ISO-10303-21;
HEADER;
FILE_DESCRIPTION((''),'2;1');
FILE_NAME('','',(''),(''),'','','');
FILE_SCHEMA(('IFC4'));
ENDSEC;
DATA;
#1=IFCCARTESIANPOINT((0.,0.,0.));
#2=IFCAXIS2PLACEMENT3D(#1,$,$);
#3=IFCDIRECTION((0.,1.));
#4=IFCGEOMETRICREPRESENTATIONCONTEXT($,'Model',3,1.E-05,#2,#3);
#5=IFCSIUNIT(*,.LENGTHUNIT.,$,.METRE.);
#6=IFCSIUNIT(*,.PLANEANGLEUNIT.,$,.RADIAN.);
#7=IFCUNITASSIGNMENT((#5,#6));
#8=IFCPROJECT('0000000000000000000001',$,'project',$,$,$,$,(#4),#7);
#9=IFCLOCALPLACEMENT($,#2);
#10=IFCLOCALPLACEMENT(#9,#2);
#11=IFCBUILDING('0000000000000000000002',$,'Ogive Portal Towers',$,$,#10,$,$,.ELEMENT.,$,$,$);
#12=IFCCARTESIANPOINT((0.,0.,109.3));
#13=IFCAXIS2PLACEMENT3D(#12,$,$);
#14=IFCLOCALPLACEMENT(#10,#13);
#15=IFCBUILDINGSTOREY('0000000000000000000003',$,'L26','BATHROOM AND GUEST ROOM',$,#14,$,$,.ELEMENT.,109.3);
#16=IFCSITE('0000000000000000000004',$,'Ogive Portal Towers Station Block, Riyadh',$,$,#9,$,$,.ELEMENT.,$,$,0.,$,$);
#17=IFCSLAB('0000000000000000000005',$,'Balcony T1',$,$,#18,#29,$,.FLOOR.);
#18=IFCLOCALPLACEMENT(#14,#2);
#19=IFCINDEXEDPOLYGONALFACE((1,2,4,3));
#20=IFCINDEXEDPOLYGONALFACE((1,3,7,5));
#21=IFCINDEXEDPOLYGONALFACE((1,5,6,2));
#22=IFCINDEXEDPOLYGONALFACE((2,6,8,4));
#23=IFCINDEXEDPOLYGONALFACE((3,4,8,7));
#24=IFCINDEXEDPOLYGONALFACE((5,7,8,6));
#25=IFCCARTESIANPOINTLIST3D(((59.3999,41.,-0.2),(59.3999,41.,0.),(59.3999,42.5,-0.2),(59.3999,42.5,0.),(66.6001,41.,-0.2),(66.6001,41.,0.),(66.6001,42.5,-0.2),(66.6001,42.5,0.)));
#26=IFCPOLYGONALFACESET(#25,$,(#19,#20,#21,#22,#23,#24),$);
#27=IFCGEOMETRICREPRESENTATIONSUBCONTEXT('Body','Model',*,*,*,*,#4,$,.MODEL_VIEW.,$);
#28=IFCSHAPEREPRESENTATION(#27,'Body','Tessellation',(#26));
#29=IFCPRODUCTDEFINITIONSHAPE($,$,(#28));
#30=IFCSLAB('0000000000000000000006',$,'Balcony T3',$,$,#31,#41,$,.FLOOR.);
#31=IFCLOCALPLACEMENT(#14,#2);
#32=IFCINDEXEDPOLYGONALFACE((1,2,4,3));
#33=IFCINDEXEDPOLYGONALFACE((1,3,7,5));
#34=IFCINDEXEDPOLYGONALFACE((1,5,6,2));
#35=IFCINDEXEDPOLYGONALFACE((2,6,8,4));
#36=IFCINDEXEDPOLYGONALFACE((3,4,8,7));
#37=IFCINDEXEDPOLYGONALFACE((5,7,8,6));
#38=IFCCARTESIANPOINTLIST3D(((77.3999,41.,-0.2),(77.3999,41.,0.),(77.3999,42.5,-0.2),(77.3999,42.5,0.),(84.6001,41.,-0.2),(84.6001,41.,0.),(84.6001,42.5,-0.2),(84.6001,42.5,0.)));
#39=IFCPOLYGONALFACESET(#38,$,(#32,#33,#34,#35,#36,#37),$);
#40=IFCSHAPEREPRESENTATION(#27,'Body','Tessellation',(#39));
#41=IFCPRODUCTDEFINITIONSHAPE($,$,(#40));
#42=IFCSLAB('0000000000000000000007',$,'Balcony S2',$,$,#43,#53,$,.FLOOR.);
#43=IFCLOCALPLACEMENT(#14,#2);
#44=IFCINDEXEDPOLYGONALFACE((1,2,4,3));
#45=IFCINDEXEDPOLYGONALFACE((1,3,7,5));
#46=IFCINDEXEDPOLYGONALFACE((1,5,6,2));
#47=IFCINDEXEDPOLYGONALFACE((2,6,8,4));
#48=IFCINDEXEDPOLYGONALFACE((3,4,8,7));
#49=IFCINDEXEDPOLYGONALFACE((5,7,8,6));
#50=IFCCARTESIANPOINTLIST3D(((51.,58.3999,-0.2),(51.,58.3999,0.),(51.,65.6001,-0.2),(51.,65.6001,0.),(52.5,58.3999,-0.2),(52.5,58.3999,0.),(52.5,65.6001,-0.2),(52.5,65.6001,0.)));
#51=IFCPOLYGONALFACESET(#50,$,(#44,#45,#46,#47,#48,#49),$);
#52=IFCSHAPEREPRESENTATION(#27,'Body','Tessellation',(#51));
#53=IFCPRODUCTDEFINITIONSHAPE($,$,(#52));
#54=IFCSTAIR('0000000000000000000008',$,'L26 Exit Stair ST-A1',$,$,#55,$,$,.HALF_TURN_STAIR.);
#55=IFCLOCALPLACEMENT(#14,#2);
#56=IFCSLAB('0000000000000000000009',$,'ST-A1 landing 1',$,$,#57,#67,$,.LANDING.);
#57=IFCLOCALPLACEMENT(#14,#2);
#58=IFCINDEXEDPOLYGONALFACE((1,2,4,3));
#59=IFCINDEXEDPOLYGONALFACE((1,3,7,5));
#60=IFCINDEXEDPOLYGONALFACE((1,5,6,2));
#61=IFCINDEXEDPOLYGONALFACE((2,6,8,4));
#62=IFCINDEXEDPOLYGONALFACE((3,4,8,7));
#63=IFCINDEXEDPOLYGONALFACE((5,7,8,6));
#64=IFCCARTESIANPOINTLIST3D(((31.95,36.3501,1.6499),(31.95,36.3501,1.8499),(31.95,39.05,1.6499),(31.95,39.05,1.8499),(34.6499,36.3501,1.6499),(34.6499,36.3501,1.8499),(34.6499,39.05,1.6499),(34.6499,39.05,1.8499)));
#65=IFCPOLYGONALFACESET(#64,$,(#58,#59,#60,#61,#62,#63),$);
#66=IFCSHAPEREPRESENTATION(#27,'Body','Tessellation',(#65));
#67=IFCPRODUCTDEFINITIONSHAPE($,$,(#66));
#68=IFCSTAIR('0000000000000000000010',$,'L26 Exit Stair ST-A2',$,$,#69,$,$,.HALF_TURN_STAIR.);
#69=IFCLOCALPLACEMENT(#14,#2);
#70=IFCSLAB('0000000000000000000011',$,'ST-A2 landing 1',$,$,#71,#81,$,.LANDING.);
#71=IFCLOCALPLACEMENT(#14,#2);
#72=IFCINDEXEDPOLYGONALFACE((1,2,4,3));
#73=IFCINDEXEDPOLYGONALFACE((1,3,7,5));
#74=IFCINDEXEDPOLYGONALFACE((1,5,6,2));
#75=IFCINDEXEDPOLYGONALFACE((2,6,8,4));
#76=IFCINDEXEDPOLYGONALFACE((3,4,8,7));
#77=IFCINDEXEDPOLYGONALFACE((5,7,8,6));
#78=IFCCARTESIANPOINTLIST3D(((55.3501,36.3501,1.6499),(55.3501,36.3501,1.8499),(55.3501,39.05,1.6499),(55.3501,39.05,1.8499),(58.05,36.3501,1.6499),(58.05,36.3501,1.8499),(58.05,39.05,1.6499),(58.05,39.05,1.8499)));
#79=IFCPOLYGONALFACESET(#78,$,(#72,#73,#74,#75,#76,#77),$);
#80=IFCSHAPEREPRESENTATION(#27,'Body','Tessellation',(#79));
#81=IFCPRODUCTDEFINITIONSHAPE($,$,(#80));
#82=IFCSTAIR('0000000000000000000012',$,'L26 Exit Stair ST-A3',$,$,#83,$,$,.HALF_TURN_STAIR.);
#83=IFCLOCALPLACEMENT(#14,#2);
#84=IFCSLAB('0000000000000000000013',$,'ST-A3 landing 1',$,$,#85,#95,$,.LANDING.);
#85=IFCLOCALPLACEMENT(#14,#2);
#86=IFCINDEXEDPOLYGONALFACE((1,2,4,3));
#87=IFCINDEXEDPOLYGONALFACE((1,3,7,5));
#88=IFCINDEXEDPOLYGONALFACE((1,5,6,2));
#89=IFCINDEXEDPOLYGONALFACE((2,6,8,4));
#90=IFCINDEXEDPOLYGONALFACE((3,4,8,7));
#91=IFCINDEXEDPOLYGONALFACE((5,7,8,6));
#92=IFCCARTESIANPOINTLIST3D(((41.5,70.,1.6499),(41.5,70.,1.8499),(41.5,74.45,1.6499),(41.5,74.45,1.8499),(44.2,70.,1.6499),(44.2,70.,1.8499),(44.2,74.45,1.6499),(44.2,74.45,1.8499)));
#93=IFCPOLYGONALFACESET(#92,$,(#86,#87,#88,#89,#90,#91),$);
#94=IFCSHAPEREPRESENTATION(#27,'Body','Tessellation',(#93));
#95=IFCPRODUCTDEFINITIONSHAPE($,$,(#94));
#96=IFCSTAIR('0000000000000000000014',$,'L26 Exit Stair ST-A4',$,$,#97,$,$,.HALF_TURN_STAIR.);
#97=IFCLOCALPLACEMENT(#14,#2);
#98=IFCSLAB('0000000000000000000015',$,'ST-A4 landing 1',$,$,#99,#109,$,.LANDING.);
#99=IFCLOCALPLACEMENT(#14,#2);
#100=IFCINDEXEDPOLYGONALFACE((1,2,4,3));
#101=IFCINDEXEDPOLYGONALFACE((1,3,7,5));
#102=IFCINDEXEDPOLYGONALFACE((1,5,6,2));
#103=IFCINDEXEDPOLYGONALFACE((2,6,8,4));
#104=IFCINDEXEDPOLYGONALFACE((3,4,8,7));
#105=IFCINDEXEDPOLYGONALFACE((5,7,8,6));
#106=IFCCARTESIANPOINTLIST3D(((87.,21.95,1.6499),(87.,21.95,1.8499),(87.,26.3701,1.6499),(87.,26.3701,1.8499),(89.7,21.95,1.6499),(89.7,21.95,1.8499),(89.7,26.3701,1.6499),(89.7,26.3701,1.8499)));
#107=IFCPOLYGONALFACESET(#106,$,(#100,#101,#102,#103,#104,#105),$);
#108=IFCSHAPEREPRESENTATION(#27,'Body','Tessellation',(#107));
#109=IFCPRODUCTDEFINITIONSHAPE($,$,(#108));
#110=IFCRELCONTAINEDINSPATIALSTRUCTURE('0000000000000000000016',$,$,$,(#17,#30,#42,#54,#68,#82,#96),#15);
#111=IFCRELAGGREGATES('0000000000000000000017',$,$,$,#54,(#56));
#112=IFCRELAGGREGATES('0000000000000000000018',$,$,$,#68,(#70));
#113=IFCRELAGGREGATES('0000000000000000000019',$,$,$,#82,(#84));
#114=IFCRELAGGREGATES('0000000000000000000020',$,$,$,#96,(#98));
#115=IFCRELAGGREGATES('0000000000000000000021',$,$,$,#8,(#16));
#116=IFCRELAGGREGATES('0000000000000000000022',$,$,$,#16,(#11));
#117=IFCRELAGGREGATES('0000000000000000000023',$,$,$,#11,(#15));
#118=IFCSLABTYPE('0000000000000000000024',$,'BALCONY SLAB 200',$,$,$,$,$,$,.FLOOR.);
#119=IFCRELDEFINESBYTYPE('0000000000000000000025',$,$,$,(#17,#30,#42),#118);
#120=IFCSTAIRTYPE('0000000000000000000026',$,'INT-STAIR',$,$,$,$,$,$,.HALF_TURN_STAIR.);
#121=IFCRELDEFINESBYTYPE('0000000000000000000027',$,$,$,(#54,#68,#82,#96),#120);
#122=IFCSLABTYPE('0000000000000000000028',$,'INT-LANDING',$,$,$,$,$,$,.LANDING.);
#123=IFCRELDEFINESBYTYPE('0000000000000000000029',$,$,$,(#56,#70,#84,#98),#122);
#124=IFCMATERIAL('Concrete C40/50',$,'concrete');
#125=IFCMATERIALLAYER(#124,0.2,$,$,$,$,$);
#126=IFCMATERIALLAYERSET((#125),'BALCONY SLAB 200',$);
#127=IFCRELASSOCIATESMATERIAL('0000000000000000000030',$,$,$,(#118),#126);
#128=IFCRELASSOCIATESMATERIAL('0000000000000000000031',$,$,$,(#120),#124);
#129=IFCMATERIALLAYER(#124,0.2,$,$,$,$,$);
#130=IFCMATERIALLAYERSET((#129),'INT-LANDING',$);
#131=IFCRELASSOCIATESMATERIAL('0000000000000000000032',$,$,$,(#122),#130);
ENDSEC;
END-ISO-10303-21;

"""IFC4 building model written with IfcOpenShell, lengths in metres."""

from ifc_helpers import new_model, si_unit, direction, frame, origin, place, context, subcontext, project, spatial, polyline, outline, extrude, material, layer, layer_set, type_object, element, aggregate, save


model = new_model("IFC4")

# Units and contexts
model_context = context("Model", 3, precision=1e-05, world=origin(), true_north=direction((0.0, 1.0)))
body_context = subcontext(model_context, "Body", "Model", "MODEL_VIEW")
ifc_project = project(units=[si_unit("LENGTHUNIT", "METRE"), si_unit("PLANEANGLEUNIT", "RADIAN")], contexts=[model_context])

# Site, building, storey
site_placement = place(None, origin())
site = spatial("IfcSite", under=ifc_project, at=site_placement, Name="Ogive Portal Towers Station Block, Riyadh", CompositionType="ELEMENT", RefElevation=0.0)
building_placement = place(site_placement, origin())
building = spatial("IfcBuilding", under=site, at=building_placement, Name="Ogive Portal Towers", CompositionType="ELEMENT")
storey_placement = place(building_placement, frame((0.0, 0.0, 109.3)))
storey = spatial("IfcBuildingStorey", under=building, at=storey_placement, Name="L26", Description="BATHROOM AND GUEST ROOM", CompositionType="ELEMENT", Elevation=109.3)

# Slabs
ifc_material_1 = material(Name="Concrete C40/50", Category="concrete")
ifc_layer_1 = layer(ifc_material_1, 0.2)
ifc_layer_set_1 = layer_set([ifc_layer_1], Name="BALCONY SLAB 200")
slab_type_1 = type_object("IfcSlabType", Name="BALCONY SLAB 200", PredefinedType="FLOOR", material=ifc_layer_set_1)
slab_1_placement = place(storey_placement, frame((0.0, 0.0, -0.2)))
element("IfcSlab", 1, at=slab_1_placement, inside=storey, type_object=slab_type_1, Name="Balcony T1", PredefinedType="FLOOR", context=body_context, shape_type="SweptSolid", body=[
    extrude(outline(polyline([(59.3999, 41.0), (66.6001, 41.0), (66.6001, 42.5), (59.3999, 42.5), (59.3999, 41.0)])), origin(), (0.0, 0.0, 1.0), 0.2),
])
slab_2_placement = place(storey_placement, frame((0.0, 0.0, -0.2)))
element("IfcSlab", 2, at=slab_2_placement, inside=storey, type_object=slab_type_1, Name="Balcony T3", PredefinedType="FLOOR", context=body_context, shape_type="SweptSolid", body=[
    extrude(outline(polyline([(77.3999, 41.0), (84.6001, 41.0), (84.6001, 42.5), (77.3999, 42.5), (77.3999, 41.0)])), origin(), (0.0, 0.0, 1.0), 0.2),
])
slab_3_placement = place(storey_placement, frame((0.0, 0.0, -0.2)))
element("IfcSlab", 3, at=slab_3_placement, inside=storey, type_object=slab_type_1, Name="Balcony S2", PredefinedType="FLOOR", context=body_context, shape_type="SweptSolid", body=[
    extrude(outline(polyline([(51.0, 58.3999), (52.5, 58.3999), (52.5, 65.6001), (51.0, 65.6001), (51.0, 58.3999)])), origin(), (0.0, 0.0, 1.0), 0.2),
])

# Stairs, slabs
stair_type = type_object("IfcStairType", Name="INT-STAIR", PredefinedType="HALF_TURN_STAIR", material=ifc_material_1)
stair_1_placement = place(storey_placement, origin())
stair_1 = element("IfcStair", 4, at=stair_1_placement, inside=storey, type_object=stair_type, Name="L26 Exit Stair ST-A1", PredefinedType="HALF_TURN_STAIR")
ifc_layer_2 = layer(ifc_material_1, 0.2)
ifc_layer_set_2 = layer_set([ifc_layer_2], Name="INT-LANDING")
slab_type_2 = type_object("IfcSlabType", Name="INT-LANDING", PredefinedType="LANDING", material=ifc_layer_set_2)
slab_4_placement = place(storey_placement, frame((0.0, 0.0, 1.6499)))
slab_4 = element("IfcSlab", 5, at=slab_4_placement, type_object=slab_type_2, Name="ST-A1 landing 1", PredefinedType="LANDING", context=body_context, shape_type="SweptSolid", body=[
    extrude(outline(polyline([(34.6499, 39.05), (31.95, 39.05), (31.95, 36.3501), (34.6499, 36.3501), (34.6499, 39.05)])), origin(), (0.0, 0.0, 1.0), 0.2),
])
aggregate(stair_1, [slab_4])
stair_2_placement = place(storey_placement, origin())
stair_2 = element("IfcStair", 6, at=stair_2_placement, inside=storey, type_object=stair_type, Name="L26 Exit Stair ST-A2", PredefinedType="HALF_TURN_STAIR")
slab_5_placement = place(storey_placement, frame((0.0, 0.0, 1.6499)))
slab_5 = element("IfcSlab", 7, at=slab_5_placement, type_object=slab_type_2, Name="ST-A2 landing 1", PredefinedType="LANDING", context=body_context, shape_type="SweptSolid", body=[
    extrude(outline(polyline([(55.3501, 36.3501), (58.05, 36.3501), (58.05, 39.05), (55.3501, 39.05), (55.3501, 36.3501)])), origin(), (0.0, 0.0, 1.0), 0.2),
])
aggregate(stair_2, [slab_5])
stair_3_placement = place(storey_placement, origin())
stair_3 = element("IfcStair", 8, at=stair_3_placement, inside=storey, type_object=stair_type, Name="L26 Exit Stair ST-A3", PredefinedType="HALF_TURN_STAIR")
slab_6_placement = place(storey_placement, frame((0.0, 0.0, 1.6499)))
slab_6 = element("IfcSlab", 9, at=slab_6_placement, type_object=slab_type_2, Name="ST-A3 landing 1", PredefinedType="LANDING", context=body_context, shape_type="SweptSolid", body=[
    extrude(outline(polyline([(44.2, 70.0), (44.2, 74.45), (41.5, 74.45), (41.5, 70.0), (44.2, 70.0)])), origin(), (0.0, 0.0, 1.0), 0.2),
])
aggregate(stair_3, [slab_6])
stair_4_placement = place(storey_placement, origin())
stair_4 = element("IfcStair", 10, at=stair_4_placement, inside=storey, type_object=stair_type, Name="L26 Exit Stair ST-A4", PredefinedType="HALF_TURN_STAIR")
slab_7_placement = place(storey_placement, frame((0.0, 0.0, 1.6499)))
slab_7 = element("IfcSlab", 11, at=slab_7_placement, type_object=slab_type_2, Name="ST-A4 landing 1", PredefinedType="LANDING", context=body_context, shape_type="SweptSolid", body=[
    extrude(outline(polyline([(87.0, 26.3701), (87.0, 21.95), (89.7, 21.95), (89.7, 26.3701), (87.0, 26.3701)])), origin(), (0.0, 0.0, 1.0), 0.2),
])
aggregate(stair_4, [slab_7])

save(model, "model.ifc")
